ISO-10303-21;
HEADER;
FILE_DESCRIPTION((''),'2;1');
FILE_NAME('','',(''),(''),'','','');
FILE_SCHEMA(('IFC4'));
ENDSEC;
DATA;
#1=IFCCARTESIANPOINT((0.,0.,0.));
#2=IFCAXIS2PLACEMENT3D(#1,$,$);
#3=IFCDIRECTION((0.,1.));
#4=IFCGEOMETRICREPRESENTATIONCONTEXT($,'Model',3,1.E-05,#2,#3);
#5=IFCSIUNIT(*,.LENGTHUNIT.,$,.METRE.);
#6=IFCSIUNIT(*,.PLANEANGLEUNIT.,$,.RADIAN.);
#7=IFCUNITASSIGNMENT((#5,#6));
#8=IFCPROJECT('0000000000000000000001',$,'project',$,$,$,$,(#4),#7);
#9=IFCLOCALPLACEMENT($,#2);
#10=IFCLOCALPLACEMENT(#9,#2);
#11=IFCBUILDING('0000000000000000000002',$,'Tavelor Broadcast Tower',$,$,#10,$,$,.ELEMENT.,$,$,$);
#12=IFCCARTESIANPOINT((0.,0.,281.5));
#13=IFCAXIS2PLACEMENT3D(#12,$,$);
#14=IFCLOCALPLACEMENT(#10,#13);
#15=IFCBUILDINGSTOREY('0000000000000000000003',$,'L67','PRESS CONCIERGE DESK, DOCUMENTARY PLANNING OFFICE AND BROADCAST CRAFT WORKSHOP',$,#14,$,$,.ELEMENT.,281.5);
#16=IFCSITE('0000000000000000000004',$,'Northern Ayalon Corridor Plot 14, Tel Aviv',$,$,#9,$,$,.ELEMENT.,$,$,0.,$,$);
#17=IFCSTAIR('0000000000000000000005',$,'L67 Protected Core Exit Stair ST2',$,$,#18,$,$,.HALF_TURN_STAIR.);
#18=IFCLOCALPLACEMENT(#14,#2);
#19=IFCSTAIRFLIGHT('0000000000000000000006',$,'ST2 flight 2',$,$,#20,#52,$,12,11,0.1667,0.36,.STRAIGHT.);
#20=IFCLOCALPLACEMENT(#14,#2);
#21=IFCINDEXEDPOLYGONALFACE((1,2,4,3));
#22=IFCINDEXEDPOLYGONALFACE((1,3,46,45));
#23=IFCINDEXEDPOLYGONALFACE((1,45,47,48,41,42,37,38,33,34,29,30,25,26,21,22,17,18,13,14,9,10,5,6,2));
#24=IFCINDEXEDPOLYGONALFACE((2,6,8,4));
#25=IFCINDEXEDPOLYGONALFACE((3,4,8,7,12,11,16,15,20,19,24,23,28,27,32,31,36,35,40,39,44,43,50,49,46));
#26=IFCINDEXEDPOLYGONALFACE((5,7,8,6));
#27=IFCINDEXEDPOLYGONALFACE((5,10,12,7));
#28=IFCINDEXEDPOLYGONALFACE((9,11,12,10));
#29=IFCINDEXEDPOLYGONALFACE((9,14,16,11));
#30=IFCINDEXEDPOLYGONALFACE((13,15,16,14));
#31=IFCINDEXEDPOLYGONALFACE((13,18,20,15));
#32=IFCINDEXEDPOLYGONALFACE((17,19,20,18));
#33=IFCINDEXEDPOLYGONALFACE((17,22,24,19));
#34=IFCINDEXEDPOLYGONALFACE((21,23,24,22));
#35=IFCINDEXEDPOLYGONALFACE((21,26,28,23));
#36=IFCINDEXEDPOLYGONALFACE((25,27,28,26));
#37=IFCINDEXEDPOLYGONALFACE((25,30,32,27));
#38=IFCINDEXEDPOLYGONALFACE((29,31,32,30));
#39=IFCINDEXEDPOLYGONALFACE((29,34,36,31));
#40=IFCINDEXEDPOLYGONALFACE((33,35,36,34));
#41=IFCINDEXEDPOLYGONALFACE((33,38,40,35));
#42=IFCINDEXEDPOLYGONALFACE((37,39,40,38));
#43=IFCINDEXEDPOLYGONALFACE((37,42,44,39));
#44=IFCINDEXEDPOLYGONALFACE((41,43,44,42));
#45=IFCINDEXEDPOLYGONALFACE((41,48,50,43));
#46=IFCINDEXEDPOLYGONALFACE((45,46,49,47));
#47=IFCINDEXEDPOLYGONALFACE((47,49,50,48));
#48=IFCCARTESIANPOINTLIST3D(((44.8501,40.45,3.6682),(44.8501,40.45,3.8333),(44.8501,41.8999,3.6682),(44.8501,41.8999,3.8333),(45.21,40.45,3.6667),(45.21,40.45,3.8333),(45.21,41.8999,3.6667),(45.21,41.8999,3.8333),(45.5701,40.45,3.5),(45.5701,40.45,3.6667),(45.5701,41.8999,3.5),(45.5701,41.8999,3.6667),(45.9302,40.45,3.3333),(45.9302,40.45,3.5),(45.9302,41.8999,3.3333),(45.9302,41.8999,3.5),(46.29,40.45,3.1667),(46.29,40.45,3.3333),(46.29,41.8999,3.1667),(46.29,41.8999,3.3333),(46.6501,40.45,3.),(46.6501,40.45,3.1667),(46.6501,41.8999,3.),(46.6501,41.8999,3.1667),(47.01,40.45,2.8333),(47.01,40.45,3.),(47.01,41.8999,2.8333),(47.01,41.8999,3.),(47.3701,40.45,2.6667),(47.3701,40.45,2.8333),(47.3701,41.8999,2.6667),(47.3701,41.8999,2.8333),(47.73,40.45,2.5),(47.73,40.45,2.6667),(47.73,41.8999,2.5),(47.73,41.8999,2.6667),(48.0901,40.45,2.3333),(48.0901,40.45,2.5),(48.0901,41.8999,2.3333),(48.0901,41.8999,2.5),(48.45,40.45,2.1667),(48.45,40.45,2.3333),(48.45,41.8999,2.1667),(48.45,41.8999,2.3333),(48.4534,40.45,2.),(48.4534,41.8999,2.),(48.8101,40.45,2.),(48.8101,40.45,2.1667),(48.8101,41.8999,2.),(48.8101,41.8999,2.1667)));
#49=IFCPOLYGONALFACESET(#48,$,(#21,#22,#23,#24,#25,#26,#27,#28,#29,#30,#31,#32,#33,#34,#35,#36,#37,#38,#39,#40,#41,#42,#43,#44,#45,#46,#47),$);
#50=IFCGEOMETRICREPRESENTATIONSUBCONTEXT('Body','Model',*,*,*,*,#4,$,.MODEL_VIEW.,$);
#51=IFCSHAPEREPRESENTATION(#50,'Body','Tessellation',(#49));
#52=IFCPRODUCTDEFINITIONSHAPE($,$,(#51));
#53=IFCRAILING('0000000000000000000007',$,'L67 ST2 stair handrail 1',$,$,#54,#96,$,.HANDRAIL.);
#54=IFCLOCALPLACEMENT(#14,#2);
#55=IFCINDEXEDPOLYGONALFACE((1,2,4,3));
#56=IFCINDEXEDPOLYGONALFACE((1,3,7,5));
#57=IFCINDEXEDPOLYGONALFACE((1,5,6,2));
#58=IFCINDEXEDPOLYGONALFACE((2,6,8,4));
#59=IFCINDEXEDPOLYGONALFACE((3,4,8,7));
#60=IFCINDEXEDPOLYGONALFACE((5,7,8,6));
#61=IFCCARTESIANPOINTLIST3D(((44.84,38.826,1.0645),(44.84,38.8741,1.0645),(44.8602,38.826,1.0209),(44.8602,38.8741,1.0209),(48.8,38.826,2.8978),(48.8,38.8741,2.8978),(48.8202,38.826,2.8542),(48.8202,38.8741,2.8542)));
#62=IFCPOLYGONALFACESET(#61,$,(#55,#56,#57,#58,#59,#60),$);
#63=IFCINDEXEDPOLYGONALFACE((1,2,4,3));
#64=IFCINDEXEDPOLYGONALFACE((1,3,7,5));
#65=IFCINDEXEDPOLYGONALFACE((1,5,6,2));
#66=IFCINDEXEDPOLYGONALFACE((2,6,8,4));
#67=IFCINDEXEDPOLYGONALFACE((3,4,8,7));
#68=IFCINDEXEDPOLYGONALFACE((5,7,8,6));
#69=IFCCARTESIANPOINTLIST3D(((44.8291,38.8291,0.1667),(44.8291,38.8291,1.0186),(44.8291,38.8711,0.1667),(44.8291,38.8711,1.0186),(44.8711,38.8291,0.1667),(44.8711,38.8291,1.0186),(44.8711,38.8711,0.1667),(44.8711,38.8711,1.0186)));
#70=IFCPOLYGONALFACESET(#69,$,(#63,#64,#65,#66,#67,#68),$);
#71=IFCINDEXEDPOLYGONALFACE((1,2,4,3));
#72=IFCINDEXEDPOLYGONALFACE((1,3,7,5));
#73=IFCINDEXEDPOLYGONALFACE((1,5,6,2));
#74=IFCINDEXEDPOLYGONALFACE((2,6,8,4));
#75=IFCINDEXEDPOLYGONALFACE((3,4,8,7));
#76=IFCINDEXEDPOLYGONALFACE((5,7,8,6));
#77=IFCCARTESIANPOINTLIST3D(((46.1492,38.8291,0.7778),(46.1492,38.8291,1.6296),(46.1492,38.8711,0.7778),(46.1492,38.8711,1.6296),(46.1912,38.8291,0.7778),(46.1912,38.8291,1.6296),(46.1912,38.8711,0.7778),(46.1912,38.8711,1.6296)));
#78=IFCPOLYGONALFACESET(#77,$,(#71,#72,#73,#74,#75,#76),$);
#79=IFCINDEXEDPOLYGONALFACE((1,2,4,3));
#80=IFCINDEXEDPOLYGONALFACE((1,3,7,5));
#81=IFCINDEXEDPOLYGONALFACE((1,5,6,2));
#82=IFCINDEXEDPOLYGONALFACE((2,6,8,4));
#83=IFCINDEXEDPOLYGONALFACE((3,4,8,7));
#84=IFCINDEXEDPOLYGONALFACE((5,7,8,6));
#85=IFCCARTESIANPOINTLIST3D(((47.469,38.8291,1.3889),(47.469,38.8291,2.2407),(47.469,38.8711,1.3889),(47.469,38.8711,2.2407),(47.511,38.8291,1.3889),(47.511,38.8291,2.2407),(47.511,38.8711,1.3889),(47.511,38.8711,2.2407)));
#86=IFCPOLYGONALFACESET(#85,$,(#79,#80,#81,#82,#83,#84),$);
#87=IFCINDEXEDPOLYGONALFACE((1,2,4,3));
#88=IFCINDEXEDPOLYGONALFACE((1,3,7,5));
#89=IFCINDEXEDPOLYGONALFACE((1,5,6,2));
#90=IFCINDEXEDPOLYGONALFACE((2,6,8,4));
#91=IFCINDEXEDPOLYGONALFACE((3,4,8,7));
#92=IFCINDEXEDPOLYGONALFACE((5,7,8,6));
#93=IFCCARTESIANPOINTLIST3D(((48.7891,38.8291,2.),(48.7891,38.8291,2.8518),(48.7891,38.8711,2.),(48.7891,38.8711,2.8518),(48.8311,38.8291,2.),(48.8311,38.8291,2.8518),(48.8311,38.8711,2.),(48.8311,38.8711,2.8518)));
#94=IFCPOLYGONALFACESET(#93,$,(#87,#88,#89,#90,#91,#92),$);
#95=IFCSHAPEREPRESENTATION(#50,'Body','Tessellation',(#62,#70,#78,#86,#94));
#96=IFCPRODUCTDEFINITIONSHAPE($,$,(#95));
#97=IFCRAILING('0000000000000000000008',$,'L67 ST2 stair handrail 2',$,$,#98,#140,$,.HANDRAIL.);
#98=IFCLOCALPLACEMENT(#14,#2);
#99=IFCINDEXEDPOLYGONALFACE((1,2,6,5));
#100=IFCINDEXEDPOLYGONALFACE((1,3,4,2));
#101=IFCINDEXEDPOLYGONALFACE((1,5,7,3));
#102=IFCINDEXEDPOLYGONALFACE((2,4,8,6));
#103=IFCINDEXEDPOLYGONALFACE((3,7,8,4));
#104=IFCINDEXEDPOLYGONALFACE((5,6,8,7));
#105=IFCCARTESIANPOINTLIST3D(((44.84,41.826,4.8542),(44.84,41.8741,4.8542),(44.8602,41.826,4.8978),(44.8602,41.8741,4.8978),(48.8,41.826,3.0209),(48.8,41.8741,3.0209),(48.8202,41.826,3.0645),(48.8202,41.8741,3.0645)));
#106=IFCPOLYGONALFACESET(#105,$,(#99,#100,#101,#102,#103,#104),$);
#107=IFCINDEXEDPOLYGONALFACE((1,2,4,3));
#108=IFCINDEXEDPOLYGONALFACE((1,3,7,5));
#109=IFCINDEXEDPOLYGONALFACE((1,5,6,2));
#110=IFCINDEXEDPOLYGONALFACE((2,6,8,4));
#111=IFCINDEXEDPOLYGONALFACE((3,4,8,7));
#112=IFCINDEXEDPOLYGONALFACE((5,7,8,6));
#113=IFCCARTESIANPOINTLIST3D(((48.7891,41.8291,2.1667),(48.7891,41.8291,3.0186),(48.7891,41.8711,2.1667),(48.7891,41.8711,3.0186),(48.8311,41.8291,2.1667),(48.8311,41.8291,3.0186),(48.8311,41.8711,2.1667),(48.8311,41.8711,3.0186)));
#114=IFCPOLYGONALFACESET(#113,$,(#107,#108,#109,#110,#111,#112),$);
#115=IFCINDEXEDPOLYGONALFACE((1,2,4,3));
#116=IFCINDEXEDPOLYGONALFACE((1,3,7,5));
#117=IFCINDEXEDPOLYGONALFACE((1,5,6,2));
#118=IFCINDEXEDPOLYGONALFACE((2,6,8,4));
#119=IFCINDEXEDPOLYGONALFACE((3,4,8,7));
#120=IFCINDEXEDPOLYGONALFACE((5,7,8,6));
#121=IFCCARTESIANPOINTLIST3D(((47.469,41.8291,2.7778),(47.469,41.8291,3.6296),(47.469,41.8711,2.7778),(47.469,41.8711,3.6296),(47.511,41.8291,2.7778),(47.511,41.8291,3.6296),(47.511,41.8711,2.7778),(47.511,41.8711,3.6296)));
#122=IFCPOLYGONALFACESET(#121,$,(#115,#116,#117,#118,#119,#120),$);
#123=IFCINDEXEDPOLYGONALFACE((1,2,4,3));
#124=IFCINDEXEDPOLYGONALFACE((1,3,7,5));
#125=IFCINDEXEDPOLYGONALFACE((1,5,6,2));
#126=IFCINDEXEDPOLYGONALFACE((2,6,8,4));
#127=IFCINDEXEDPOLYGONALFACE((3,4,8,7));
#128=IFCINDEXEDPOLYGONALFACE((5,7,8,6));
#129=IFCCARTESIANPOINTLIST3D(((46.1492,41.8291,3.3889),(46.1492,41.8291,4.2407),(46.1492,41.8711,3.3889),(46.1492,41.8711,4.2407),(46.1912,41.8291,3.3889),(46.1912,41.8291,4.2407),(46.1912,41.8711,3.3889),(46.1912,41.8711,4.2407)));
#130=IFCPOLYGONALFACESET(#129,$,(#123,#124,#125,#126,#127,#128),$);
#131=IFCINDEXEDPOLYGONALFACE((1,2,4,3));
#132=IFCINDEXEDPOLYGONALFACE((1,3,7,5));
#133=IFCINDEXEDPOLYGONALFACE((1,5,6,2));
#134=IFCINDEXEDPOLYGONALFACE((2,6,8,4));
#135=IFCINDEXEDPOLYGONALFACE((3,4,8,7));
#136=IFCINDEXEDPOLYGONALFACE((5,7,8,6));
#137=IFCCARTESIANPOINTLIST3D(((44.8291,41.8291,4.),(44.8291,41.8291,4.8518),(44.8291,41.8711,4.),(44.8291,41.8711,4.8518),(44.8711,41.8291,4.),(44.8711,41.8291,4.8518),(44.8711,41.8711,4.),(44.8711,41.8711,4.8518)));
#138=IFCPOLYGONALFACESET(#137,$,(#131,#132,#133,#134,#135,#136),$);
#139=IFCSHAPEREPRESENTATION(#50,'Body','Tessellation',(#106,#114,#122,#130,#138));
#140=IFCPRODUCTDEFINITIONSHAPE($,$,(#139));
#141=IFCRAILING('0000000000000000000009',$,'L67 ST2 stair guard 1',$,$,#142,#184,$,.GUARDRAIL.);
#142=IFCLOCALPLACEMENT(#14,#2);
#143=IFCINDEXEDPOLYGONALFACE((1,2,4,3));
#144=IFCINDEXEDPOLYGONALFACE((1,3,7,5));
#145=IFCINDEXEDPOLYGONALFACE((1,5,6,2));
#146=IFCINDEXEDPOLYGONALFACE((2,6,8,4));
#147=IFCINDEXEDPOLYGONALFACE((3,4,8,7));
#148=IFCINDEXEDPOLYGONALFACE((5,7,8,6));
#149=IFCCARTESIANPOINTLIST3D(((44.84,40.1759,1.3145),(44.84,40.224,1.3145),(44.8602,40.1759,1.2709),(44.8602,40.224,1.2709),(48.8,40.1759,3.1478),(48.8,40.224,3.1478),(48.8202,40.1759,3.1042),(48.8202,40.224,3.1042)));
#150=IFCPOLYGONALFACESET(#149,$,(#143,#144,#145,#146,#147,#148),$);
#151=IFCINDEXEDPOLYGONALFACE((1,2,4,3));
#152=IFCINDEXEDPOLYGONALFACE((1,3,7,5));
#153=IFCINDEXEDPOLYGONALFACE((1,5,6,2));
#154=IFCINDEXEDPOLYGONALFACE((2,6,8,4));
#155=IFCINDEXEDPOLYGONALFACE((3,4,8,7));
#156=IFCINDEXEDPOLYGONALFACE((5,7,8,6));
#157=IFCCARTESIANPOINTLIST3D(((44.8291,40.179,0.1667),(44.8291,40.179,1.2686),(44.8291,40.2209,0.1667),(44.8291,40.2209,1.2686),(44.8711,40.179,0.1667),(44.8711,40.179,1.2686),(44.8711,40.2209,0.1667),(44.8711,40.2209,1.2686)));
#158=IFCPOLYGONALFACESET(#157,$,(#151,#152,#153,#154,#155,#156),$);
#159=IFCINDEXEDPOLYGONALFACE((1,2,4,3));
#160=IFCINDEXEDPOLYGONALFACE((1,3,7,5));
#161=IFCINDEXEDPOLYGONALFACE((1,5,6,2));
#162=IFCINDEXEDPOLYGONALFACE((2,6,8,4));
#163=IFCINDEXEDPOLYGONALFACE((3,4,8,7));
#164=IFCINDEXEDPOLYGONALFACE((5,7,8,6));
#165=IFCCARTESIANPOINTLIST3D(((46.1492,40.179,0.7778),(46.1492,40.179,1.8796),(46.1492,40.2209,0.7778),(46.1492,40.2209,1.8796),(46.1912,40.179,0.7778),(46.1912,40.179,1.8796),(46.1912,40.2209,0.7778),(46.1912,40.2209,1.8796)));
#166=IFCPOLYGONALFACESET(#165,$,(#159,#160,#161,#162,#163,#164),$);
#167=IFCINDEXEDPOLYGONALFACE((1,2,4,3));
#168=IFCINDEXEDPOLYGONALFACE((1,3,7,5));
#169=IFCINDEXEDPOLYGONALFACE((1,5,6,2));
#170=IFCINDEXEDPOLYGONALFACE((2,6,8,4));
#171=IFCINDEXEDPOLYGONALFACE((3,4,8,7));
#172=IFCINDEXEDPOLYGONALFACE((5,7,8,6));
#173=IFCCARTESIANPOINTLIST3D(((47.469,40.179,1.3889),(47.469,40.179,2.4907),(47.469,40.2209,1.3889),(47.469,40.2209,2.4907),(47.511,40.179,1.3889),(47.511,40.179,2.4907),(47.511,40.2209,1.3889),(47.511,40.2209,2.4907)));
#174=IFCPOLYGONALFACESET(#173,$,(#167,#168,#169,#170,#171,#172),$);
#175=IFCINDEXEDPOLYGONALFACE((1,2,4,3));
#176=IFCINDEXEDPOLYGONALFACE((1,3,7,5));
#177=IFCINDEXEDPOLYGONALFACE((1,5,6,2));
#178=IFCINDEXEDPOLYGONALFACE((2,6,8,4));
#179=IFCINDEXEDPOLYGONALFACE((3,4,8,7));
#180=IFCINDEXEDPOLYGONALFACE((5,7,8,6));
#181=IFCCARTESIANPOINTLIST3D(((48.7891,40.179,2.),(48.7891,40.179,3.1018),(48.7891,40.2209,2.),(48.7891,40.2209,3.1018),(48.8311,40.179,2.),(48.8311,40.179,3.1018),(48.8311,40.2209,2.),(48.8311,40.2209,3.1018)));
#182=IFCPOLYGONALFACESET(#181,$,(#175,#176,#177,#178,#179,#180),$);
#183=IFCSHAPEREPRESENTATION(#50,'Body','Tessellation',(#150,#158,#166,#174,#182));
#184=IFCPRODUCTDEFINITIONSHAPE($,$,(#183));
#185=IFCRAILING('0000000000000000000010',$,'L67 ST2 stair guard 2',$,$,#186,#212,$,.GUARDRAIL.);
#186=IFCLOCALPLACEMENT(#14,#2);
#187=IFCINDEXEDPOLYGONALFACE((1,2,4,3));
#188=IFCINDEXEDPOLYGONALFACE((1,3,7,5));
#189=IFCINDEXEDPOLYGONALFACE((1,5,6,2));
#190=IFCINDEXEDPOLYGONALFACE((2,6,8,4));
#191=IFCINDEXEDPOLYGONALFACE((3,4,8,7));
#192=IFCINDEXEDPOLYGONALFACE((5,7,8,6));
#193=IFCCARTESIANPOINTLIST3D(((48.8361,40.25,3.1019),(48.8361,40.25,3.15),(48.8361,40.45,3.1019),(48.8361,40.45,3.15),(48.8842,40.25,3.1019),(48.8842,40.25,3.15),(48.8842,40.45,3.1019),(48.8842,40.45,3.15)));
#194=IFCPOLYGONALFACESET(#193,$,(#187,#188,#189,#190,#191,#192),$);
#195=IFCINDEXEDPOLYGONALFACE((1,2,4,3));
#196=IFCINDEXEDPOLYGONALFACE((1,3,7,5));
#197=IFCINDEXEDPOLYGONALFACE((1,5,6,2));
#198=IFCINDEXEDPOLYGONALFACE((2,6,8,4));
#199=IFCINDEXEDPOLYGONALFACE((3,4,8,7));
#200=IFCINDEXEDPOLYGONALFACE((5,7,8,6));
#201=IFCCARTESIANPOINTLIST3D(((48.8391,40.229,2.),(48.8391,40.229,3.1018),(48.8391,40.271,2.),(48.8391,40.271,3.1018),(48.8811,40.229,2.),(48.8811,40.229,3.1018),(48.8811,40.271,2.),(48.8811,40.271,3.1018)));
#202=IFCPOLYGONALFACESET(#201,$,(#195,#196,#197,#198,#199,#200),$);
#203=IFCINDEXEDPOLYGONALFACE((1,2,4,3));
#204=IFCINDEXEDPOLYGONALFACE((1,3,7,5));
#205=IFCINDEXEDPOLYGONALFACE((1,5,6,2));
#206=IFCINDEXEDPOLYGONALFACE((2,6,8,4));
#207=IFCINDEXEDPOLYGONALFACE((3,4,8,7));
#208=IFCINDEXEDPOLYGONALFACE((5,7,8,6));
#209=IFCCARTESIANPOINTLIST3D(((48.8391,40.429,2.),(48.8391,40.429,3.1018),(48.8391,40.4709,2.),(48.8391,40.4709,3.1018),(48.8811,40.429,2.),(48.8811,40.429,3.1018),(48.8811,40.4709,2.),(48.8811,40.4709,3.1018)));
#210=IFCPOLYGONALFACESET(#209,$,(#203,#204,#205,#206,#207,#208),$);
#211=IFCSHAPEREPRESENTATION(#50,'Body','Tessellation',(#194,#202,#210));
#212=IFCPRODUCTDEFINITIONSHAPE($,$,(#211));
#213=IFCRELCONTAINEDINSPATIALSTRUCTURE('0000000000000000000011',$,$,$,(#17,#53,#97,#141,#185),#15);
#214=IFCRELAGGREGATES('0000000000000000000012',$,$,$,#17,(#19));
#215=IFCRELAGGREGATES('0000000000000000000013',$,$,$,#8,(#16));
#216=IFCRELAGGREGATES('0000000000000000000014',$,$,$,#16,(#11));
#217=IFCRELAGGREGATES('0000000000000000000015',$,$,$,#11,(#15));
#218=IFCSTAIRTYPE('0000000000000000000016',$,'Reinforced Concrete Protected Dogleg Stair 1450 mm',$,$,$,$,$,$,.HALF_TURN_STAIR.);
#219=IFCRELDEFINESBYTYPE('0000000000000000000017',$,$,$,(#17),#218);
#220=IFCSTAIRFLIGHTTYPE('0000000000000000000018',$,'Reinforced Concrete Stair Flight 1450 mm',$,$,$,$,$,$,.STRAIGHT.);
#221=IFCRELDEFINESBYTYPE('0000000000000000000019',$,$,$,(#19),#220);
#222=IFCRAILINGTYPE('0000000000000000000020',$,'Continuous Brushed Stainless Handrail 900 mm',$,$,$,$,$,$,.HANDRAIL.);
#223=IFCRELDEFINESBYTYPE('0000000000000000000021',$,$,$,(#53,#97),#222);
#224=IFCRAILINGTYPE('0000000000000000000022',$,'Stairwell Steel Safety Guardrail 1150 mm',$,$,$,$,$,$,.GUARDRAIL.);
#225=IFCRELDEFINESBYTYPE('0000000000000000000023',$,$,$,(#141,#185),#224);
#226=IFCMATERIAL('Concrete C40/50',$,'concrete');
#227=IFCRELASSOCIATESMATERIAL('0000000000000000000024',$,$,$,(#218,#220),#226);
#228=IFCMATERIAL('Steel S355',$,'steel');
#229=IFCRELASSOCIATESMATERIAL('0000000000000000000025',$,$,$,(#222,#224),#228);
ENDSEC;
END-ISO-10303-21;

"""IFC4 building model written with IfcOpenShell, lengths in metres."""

from ifc_helpers import new_model, si_unit, direction, frame, origin, origin_2d, place, context, subcontext, project, spatial, polyline, rectangle, outline, extrude, material, type_object, element, aggregate, save


model = new_model("IFC4")

# Units and contexts
model_context = context("Model", 3, precision=1e-05, world=origin(), true_north=direction((0.0, 1.0)))
body_context = subcontext(model_context, "Body", "Model", "MODEL_VIEW")
ifc_project = project(units=[si_unit("LENGTHUNIT", "METRE"), si_unit("PLANEANGLEUNIT", "RADIAN")], contexts=[model_context])

# Site, building, storey
site_placement = place(None, origin())
site = spatial("IfcSite", under=ifc_project, at=site_placement, Name="Northern Ayalon Corridor Plot 14, Tel Aviv", CompositionType="ELEMENT", RefElevation=0.0)
building_placement = place(site_placement, origin())
building = spatial("IfcBuilding", under=site, at=building_placement, Name="Tavelor Broadcast Tower", CompositionType="ELEMENT")
storey_placement = place(building_placement, frame((0.0, 0.0, 281.5)))
storey = spatial("IfcBuildingStorey", under=building, at=storey_placement, Name="L67", Description="PRESS CONCIERGE DESK, DOCUMENTARY PLANNING OFFICE AND BROADCAST CRAFT WORKSHOP", CompositionType="ELEMENT", Elevation=281.5)

# Shared definitions
ifc_material_1 = material(Name="Concrete C40/50", Category="concrete")
ifc_material_2 = material(Name="Steel S355", Category="steel")

# Stair, stair flight
stair_type = type_object("IfcStairType", Name="Reinforced Concrete Protected Dogleg Stair 1450 mm", PredefinedType="HALF_TURN_STAIR", material=ifc_material_1)
stair_placement = place(storey_placement, origin())
stair = element("IfcStair", 1, at=stair_placement, inside=storey, type_object=stair_type, Name="L67 Protected Core Exit Stair ST2", PredefinedType="HALF_TURN_STAIR")
stair_flight_type = type_object("IfcStairFlightType", Name="Reinforced Concrete Stair Flight 1450 mm", PredefinedType="STRAIGHT", material=ifc_material_1)
stair_flight_1_placement = place(storey_placement, frame((48.8101, 41.175, 2.0), z_axis=(0.0, 0.0, 1.0), x_axis=(-1.0, 0.0, 0.0)))
stair_flight_1 = element("IfcStairFlight", 2, at=stair_flight_1_placement, type_object=stair_flight_type, Name="ST2 flight 2", NumberOfRisers=12, NumberOfTreads=11, PredefinedType="STRAIGHT", RiserHeight=0.1667, TreadLength=0.36, context=body_context, shape_type="SweptSolid", body=[
    extrude(outline(polyline([(0.0, 0.0), (0.0, 0.1667), (0.3601, 0.1667), (0.3601, 0.3333), (0.72, 0.3333), (0.72, 0.5), (1.0801, 0.5), (1.0801, 0.6667), (1.4399, 0.6667), (1.4399, 0.8333), (1.8, 0.8333), (1.8, 1.0), (2.1599, 1.0), (2.1599, 1.1667), (2.52, 1.1667), (2.52, 1.3333), (2.8799, 1.3333), (2.8799, 1.5), (3.24, 1.5), (3.24, 1.6667), (3.6001, 1.6667), (3.6001, 1.8333), (3.96, 1.8333), (3.96, 2.0), (3.96, 1.6682), (0.3567, 0.0), (0.0, 0.0)])), frame((0.0, 0.7251, 0.0), z_axis=(0.0, -1.0, 0.0), x_axis=(1.0, 0.0, 0.0)), (0.0, 0.0, 1.0), 1.45),
])
aggregate(stair, [stair_flight_1])

# Railings
railing_type_1 = type_object("IfcRailingType", Name="Continuous Brushed Stainless Handrail 900 mm", PredefinedType="HANDRAIL", material=ifc_material_2)
railing_1_placement = place(storey_placement, frame((44.8501, 38.8501, 0.1667)))
element("IfcRailing", 3, at=railing_1_placement, inside=storey, type_object=railing_type_1, Name="L67 ST2 stair handrail 1", PredefinedType="HANDRAIL", context=body_context, shape_type="SweptSolid", body=[
    extrude(rectangle(XDim=0.0481, YDim=0.0481, at=origin_2d()), frame((0.0, 0.0, 0.876), z_axis=(0.907472, 0.0, 0.420112), x_axis=(0.0, 1.0, 0.0)), (0.0, 0.0, 1.0), 4.3638),
    extrude(rectangle(XDim=0.042, YDim=0.042, at=origin_2d()), origin(), (0.0, 0.0, 1.0), 0.8518),
    extrude(rectangle(XDim=0.042, YDim=0.042, at=origin_2d()), frame((1.3201, 0.0, 0.6111)), (0.0, 0.0, 1.0), 0.8518),
    extrude(rectangle(XDim=0.042, YDim=0.042, at=origin_2d()), frame((2.6399, 0.0, 1.2222)), (0.0, 0.0, 1.0), 0.8518),
    extrude(rectangle(XDim=0.042, YDim=0.042, at=origin_2d()), frame((3.96, 0.0, 1.8333)), (0.0, 0.0, 1.0), 0.8518),
])
railing_2_placement = place(storey_placement, frame((48.8101, 41.8501, 2.1667)))
element("IfcRailing", 4, at=railing_2_placement, inside=storey, type_object=railing_type_1, Name="L67 ST2 stair handrail 2", PredefinedType="HANDRAIL", context=body_context, shape_type="SweptSolid", body=[
    extrude(rectangle(XDim=0.0481, YDim=0.0481, at=origin_2d()), frame((0.0, 0.0, 0.876), z_axis=(-0.907472, 0.0, 0.420112), x_axis=(0.0, -1.0, 0.0)), (0.0, 0.0, 1.0), 4.3638),
    extrude(rectangle(XDim=0.042, YDim=0.042, at=origin_2d()), origin(), (0.0, 0.0, 1.0), 0.8518),
    extrude(rectangle(XDim=0.042, YDim=0.042, at=origin_2d()), frame((-1.3201, 0.0, 0.6111)), (0.0, 0.0, 1.0), 0.8518),
    extrude(rectangle(XDim=0.042, YDim=0.042, at=origin_2d()), frame((-2.6399, 0.0, 1.2222)), (0.0, 0.0, 1.0), 0.8518),
    extrude(rectangle(XDim=0.042, YDim=0.042, at=origin_2d()), frame((-3.96, 0.0, 1.8333)), (0.0, 0.0, 1.0), 0.8518),
])
railing_type_2 = type_object("IfcRailingType", Name="Stairwell Steel Safety Guardrail 1150 mm", PredefinedType="GUARDRAIL", material=ifc_material_2)
railing_3_placement = place(storey_placement, frame((44.8501, 40.2, 0.1667)))
element("IfcRailing", 5, at=railing_3_placement, inside=storey, type_object=railing_type_2, Name="L67 ST2 stair guard 1", PredefinedType="GUARDRAIL", context=body_context, shape_type="SweptSolid", body=[
    extrude(rectangle(XDim=0.0481, YDim=0.0481, at=origin_2d()), frame((0.0, 0.0, 1.126), z_axis=(0.907472, 0.0, 0.420112), x_axis=(0.0, 1.0, 0.0)), (0.0, 0.0, 1.0), 4.3638),
    extrude(rectangle(XDim=0.042, YDim=0.042, at=origin_2d()), origin(), (0.0, 0.0, 1.0), 1.1018),
    extrude(rectangle(XDim=0.042, YDim=0.042, at=origin_2d()), frame((1.3201, 0.0, 0.6111)), (0.0, 0.0, 1.0), 1.1018),
    extrude(rectangle(XDim=0.042, YDim=0.042, at=origin_2d()), frame((2.6399, 0.0, 1.2222)), (0.0, 0.0, 1.0), 1.1018),
    extrude(rectangle(XDim=0.042, YDim=0.042, at=origin_2d()), frame((3.96, 0.0, 1.8333)), (0.0, 0.0, 1.0), 1.1018),
])
railing_4_placement = place(storey_placement, frame((48.8601, 40.25, 2.0)))
element("IfcRailing", 6, at=railing_4_placement, inside=storey, type_object=railing_type_2, Name="L67 ST2 stair guard 2", PredefinedType="GUARDRAIL", context=body_context, shape_type="SweptSolid", body=[
    extrude(rectangle(XDim=0.0481, YDim=0.0481, at=origin_2d()), frame((0.0, 0.0, 1.126), z_axis=(0.0, 1.0, 0.0), x_axis=(-1.0, 0.0, 0.0)), (0.0, 0.0, 1.0), 0.2),
    extrude(rectangle(XDim=0.042, YDim=0.042, at=origin_2d()), origin(), (0.0, 0.0, 1.0), 1.1018),
    extrude(rectangle(XDim=0.042, YDim=0.042, at=origin_2d()), frame((0.0, 0.2, 0.0)), (0.0, 0.0, 1.0), 1.1018),
])

save(model, "model.ifc")
